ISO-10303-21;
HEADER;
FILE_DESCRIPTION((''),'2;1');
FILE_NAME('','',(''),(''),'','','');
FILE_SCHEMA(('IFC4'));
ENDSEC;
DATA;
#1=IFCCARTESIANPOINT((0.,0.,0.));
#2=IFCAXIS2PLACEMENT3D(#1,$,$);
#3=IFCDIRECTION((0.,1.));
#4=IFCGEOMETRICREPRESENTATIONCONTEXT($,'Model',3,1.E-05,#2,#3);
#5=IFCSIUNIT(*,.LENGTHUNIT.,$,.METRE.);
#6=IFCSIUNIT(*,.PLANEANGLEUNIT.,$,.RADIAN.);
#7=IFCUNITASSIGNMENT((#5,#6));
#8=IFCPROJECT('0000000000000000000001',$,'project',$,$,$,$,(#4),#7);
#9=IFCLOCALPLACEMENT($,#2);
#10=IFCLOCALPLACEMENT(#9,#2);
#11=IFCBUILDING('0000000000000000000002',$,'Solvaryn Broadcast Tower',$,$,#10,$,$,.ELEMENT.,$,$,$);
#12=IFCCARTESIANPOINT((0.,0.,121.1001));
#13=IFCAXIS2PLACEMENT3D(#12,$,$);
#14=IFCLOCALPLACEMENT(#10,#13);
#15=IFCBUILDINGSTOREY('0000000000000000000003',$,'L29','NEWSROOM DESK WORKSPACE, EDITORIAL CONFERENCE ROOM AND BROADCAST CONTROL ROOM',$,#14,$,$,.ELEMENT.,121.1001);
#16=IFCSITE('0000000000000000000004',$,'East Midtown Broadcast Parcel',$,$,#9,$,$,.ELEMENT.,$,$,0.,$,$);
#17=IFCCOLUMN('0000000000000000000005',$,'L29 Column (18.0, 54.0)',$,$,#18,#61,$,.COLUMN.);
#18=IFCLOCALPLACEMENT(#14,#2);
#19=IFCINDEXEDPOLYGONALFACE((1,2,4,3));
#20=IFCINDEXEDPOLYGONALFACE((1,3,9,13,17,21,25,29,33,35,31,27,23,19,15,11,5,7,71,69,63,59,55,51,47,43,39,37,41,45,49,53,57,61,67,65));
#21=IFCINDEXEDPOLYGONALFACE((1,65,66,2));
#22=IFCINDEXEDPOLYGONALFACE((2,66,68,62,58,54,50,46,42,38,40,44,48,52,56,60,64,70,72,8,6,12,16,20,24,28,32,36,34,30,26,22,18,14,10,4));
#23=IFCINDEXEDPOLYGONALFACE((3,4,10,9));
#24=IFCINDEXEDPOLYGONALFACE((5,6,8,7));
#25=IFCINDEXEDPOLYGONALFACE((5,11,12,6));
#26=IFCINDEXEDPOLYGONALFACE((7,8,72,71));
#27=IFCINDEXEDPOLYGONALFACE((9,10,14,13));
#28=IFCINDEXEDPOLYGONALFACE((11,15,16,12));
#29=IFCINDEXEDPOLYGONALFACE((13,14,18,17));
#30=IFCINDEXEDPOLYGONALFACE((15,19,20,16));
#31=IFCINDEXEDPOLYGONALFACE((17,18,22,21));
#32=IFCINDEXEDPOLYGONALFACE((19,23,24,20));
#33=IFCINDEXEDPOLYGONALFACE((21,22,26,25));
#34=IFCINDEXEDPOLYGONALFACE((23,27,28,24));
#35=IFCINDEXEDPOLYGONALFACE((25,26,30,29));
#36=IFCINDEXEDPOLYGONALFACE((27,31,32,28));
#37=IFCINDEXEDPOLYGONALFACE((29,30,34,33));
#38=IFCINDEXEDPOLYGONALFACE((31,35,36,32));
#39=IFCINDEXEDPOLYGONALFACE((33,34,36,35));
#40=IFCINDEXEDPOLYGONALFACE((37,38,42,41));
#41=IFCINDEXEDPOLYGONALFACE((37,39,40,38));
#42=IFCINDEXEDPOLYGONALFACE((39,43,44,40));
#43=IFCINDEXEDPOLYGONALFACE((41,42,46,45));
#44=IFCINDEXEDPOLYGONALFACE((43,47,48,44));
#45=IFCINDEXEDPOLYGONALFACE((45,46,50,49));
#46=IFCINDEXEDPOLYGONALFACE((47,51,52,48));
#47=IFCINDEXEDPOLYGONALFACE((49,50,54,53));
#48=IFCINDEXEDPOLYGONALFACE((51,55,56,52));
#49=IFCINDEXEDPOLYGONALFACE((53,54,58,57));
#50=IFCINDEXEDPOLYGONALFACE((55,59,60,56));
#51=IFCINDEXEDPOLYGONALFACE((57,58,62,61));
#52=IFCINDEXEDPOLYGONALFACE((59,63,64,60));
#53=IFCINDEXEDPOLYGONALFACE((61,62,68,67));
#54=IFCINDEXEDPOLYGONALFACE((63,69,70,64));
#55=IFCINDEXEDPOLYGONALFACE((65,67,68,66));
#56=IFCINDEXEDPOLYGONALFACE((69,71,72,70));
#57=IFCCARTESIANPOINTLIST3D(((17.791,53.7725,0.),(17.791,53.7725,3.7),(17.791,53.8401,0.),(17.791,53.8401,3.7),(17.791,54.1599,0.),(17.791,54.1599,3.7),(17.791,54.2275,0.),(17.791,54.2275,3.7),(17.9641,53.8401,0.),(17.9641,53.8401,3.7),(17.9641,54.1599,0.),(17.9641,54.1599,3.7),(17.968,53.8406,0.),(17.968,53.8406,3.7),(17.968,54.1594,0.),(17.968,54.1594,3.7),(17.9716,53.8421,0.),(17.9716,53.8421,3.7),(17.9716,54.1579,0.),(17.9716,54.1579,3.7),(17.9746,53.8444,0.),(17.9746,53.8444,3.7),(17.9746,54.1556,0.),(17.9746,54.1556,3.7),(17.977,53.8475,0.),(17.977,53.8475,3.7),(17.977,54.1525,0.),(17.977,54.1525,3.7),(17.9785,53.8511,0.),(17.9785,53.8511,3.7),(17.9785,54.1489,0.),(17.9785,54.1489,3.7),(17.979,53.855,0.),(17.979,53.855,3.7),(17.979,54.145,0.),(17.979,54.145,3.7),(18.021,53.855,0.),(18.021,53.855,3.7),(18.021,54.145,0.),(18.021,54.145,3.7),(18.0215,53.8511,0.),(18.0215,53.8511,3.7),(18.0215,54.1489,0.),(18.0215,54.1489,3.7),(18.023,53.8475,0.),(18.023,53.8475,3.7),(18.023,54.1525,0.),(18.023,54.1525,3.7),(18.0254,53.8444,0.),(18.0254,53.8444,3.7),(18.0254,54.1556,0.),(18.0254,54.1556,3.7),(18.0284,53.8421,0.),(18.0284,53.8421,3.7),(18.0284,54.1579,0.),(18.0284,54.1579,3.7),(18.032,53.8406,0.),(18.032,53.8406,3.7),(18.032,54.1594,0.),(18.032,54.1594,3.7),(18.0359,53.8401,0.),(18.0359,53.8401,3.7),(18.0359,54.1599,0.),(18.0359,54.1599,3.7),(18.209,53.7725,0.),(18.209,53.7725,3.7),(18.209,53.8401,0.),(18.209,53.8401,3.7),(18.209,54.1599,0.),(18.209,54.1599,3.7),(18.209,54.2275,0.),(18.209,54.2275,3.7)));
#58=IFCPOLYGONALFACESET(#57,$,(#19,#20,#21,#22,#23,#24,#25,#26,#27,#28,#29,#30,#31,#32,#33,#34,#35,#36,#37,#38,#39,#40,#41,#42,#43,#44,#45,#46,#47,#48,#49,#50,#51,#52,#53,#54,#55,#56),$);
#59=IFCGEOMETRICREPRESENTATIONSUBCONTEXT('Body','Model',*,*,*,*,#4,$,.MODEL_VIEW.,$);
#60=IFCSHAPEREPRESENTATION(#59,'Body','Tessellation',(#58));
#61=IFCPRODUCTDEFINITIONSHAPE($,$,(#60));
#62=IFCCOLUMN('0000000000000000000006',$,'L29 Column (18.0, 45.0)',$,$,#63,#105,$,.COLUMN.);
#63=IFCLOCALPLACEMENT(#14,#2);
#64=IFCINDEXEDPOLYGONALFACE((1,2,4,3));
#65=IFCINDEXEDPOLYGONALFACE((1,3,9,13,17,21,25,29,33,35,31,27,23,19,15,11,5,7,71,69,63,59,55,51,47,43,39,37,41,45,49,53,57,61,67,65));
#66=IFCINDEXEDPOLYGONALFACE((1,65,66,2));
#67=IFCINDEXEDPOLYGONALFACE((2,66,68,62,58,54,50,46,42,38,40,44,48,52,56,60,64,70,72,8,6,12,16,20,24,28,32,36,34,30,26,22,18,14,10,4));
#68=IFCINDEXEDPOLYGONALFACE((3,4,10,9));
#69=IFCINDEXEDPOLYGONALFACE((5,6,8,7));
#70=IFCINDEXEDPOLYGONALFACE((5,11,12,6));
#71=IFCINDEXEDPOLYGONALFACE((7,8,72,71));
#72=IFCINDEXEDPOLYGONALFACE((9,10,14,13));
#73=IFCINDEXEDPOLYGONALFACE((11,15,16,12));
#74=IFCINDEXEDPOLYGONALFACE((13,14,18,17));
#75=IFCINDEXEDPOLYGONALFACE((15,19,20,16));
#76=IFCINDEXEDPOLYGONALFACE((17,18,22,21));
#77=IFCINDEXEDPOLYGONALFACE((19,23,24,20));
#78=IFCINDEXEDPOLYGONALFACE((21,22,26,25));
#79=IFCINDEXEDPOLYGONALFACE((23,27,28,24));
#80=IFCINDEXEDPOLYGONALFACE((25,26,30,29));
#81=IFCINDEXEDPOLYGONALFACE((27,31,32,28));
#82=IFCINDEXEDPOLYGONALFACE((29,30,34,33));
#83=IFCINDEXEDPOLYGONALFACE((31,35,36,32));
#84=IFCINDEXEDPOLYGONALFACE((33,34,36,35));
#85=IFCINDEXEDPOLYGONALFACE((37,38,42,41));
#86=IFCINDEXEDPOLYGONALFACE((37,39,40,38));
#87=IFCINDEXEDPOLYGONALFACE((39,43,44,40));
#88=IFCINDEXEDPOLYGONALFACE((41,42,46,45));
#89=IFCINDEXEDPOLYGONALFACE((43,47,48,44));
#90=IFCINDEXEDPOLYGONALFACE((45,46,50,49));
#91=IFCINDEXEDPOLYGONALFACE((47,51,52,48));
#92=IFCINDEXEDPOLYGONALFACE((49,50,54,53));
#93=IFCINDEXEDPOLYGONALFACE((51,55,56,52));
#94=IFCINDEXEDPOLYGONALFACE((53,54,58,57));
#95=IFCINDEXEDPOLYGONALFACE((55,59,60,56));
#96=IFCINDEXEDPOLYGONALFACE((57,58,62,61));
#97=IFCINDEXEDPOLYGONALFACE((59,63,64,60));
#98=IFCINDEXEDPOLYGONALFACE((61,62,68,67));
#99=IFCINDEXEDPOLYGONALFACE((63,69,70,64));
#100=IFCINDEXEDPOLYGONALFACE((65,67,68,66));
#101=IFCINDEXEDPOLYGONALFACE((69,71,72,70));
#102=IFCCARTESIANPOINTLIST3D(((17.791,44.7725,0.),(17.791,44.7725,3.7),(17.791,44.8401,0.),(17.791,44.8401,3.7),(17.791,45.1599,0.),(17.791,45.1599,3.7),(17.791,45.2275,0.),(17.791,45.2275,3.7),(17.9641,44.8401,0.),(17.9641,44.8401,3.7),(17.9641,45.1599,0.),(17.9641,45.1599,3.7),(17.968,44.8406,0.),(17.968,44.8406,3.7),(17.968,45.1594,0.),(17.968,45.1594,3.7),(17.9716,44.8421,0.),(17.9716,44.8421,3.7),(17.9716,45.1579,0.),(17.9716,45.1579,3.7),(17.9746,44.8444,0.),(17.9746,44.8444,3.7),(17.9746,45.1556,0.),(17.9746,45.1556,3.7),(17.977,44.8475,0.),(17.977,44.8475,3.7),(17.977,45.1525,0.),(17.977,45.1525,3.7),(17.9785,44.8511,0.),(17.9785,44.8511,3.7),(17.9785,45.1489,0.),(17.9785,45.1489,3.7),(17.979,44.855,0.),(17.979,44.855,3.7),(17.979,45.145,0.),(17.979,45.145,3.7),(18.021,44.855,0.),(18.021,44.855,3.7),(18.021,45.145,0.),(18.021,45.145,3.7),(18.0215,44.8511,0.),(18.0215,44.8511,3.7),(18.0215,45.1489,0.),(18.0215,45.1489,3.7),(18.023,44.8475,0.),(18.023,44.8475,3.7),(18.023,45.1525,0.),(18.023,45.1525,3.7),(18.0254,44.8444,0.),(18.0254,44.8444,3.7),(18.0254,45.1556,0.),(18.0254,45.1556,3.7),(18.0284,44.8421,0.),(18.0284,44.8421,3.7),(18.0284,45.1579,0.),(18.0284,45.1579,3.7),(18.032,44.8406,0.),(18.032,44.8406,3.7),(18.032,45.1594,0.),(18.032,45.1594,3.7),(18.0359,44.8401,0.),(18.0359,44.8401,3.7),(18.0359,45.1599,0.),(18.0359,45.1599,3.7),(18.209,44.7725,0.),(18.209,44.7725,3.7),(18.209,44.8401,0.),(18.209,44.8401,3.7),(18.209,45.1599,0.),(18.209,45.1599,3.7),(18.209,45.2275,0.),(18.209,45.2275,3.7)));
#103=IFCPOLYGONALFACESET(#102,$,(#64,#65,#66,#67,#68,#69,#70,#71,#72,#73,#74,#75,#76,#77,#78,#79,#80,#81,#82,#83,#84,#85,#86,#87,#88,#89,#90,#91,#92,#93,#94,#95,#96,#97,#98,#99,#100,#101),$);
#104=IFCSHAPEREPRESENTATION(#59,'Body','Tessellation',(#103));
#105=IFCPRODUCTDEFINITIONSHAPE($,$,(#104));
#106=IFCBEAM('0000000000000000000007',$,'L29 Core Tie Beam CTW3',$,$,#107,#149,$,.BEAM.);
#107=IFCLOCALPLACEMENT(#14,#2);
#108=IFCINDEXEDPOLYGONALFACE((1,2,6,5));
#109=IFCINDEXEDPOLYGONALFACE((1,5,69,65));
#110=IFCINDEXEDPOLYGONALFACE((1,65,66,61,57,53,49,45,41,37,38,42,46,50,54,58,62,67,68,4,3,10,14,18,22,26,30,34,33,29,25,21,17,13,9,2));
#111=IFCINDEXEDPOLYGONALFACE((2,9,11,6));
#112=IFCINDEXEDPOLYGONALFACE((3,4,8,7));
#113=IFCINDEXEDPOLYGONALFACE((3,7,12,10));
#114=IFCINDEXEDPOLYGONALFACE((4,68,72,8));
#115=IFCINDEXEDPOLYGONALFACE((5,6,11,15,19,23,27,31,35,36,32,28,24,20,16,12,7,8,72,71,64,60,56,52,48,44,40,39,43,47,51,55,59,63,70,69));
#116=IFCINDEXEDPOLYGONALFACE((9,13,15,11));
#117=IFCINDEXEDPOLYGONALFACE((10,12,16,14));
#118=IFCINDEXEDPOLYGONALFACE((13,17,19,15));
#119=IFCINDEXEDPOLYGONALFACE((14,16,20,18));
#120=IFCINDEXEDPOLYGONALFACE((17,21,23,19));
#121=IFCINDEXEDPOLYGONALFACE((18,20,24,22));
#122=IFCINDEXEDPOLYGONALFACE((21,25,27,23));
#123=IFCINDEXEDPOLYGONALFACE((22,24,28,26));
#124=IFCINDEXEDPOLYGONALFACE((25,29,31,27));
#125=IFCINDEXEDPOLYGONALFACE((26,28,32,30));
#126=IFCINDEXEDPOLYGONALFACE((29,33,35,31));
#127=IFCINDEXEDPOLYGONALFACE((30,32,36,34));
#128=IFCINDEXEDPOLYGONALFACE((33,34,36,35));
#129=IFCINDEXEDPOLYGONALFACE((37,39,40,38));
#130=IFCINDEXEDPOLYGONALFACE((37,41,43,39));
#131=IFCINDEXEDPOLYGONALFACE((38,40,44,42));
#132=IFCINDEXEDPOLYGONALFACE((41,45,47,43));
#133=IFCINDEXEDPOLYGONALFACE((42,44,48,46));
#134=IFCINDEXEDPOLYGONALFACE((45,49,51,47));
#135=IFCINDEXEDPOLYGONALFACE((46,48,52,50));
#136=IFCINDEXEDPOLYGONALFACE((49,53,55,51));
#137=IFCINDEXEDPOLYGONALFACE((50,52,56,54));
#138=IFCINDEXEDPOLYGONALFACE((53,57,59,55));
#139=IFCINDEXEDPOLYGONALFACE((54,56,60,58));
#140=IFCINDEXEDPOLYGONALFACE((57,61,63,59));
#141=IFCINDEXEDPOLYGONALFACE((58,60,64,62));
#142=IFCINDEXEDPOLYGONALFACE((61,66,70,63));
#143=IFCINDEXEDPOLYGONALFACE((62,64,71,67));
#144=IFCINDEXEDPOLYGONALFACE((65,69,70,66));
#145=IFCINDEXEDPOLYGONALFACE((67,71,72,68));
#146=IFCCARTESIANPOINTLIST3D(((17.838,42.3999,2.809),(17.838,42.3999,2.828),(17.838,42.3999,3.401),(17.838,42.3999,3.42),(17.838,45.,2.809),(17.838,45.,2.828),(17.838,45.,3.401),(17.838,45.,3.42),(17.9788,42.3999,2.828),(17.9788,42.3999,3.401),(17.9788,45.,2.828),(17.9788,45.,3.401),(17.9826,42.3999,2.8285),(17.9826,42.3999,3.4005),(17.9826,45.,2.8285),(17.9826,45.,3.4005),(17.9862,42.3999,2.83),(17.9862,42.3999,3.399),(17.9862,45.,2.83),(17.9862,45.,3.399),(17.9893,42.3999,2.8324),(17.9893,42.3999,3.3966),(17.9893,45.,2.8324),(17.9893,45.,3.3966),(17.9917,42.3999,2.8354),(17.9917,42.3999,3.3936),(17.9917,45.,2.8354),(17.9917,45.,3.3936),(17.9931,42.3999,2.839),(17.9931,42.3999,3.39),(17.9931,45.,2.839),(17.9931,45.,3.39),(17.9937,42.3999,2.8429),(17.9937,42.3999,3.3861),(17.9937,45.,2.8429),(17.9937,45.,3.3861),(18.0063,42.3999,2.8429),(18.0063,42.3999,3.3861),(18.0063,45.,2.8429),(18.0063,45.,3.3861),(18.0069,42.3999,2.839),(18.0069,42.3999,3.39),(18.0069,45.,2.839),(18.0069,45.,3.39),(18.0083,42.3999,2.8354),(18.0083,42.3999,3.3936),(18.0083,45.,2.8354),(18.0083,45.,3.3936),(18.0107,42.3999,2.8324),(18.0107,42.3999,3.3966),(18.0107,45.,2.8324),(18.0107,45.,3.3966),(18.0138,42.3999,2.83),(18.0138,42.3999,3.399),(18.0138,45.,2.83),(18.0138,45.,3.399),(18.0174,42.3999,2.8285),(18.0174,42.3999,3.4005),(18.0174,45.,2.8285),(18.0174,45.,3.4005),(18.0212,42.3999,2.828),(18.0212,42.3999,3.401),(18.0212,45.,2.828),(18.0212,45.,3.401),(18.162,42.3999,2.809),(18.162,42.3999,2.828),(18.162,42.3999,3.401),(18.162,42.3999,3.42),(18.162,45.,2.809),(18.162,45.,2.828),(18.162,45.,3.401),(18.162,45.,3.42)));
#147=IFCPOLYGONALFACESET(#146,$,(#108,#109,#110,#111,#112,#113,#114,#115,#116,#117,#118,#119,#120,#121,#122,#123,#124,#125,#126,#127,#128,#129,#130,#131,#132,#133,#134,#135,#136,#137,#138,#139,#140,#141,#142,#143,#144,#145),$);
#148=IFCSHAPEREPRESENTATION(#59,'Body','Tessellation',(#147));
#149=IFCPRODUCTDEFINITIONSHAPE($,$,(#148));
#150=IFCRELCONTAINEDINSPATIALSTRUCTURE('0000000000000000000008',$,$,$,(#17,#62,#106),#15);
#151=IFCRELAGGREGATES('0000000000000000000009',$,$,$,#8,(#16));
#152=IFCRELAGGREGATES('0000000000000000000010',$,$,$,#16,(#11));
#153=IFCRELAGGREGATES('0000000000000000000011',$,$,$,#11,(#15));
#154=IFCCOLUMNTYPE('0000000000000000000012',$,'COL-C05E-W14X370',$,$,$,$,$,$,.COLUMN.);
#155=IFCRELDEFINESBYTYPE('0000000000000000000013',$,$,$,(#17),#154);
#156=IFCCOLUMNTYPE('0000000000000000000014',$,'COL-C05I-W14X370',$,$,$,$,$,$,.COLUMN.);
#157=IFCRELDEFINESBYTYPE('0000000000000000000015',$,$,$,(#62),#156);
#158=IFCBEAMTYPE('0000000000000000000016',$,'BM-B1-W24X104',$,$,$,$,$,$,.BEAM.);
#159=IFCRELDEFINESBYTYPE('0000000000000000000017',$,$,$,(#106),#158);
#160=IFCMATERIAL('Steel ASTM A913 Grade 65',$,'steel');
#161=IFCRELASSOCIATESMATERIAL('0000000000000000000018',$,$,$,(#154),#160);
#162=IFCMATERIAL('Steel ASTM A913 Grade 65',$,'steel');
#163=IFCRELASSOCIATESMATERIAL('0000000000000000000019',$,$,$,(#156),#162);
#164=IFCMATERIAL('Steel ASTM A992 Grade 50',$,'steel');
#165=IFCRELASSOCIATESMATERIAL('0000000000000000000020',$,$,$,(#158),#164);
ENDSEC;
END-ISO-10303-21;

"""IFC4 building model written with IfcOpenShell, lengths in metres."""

from ifc_helpers import new_model, si_unit, direction, frame, origin, origin_2d, place, context, subcontext, project, spatial, i_section, extrude, material, material_profile, profile_set, type_object, element, save


model = new_model("IFC4")

# Units and contexts
model_context = context("Model", 3, precision=1e-05, world=origin(), true_north=direction((0.0, 1.0)))
body_context = subcontext(model_context, "Body", "Model", "MODEL_VIEW")
ifc_project = project(units=[si_unit("LENGTHUNIT", "METRE"), si_unit("PLANEANGLEUNIT", "RADIAN")], contexts=[model_context])

# Site, building, storey
site_placement = place(None, origin())
site = spatial("IfcSite", under=ifc_project, at=site_placement, Name="East Midtown Broadcast Parcel", CompositionType="ELEMENT", RefElevation=0.0)
building_placement = place(site_placement, origin())
building = spatial("IfcBuilding", under=site, at=building_placement, Name="Solvaryn Broadcast Tower", CompositionType="ELEMENT")
storey_placement = place(building_placement, frame((0.0, 0.0, 121.1001)))
storey = spatial("IfcBuildingStorey", under=building, at=storey_placement, Name="L29", Description="NEWSROOM DESK WORKSPACE, EDITORIAL CONFERENCE ROOM AND BROADCAST CONTROL ROOM", CompositionType="ELEMENT", Elevation=121.1001)

# Columns
ifc_material_1 = material(Name="Steel ASTM A913 Grade 65", Category="steel")
ifc_material_profile_1 = material_profile(ifc_material_1, i_section(OverallWidth=0.418, OverallDepth=0.4551, WebThickness=0.042, FlangeThickness=0.0676, FilletRadius=0.0149, at=origin_2d()))
ifc_profile_set_1 = profile_set([ifc_material_profile_1], Name="Steel ASTM A913 Grade 65")
column_type_1 = type_object("IfcColumnType", Name="COL-C05E-W14X370", PredefinedType="COLUMN", material=ifc_profile_set_1)
column_1_placement = place(storey_placement, frame((18.0, 54.0, 0.0), z_axis=(0.0, 0.0, 1.0), x_axis=(1.0, 0.0, 0.0)))
element("IfcColumn", 1, at=column_1_placement, inside=storey, type_object=column_type_1, Name="L29 Column (18.0, 54.0)", PredefinedType="COLUMN", context=body_context, shape_type="SweptSolid", body=[
    extrude(i_section(OverallWidth=0.418, OverallDepth=0.4551, WebThickness=0.042, FlangeThickness=0.0676, FilletRadius=0.0149, at=origin_2d()), origin(), (0.0, 0.0, 1.0), 3.7),
])
ifc_material_2 = material(Name="Steel ASTM A913 Grade 65", Category="steel")
ifc_material_profile_2 = material_profile(ifc_material_2, i_section(OverallWidth=0.418, OverallDepth=0.4551, WebThickness=0.042, FlangeThickness=0.0676, FilletRadius=0.0149, at=origin_2d()))
ifc_profile_set_2 = profile_set([ifc_material_profile_2], Name="Steel ASTM A913 Grade 65")
column_type_2 = type_object("IfcColumnType", Name="COL-C05I-W14X370", PredefinedType="COLUMN", material=ifc_profile_set_2)
column_2_placement = place(storey_placement, frame((18.0, 45.0, 0.0), z_axis=(0.0, 0.0, 1.0), x_axis=(1.0, 0.0, 0.0)))
element("IfcColumn", 2, at=column_2_placement, inside=storey, type_object=column_type_2, Name="L29 Column (18.0, 45.0)", PredefinedType="COLUMN", context=body_context, shape_type="SweptSolid", body=[
    extrude(i_section(OverallWidth=0.418, OverallDepth=0.4551, WebThickness=0.042, FlangeThickness=0.0676, FilletRadius=0.0149, at=origin_2d()), origin(), (0.0, 0.0, 1.0), 3.7),
])

# Beam
ifc_material_3 = material(Name="Steel ASTM A992 Grade 50", Category="steel")
ifc_material_profile_3 = material_profile(ifc_material_3, i_section(OverallWidth=0.324, OverallDepth=0.6111, WebThickness=0.0127, FlangeThickness=0.019, FilletRadius=0.0149, at=origin_2d()))
ifc_profile_set_3 = profile_set([ifc_material_profile_3], Name="Steel ASTM A992 Grade 50")
beam_type_1 = type_object("IfcBeamType", Name="BM-B1-W24X104", PredefinedType="BEAM", material=ifc_profile_set_3)
beam_1_placement = place(storey_placement, frame((18.0, 42.3999, 3.1145), z_axis=(0.0, 1.0, 0.0), x_axis=(-1.0, 0.0, 0.0)))
element("IfcBeam", 3, at=beam_1_placement, inside=storey, type_object=beam_type_1, Name="L29 Core Tie Beam CTW3", PredefinedType="BEAM", context=body_context, shape_type="SweptSolid", body=[
    extrude(i_section(OverallWidth=0.324, OverallDepth=0.6111, WebThickness=0.0127, FlangeThickness=0.019, FilletRadius=0.0149, at=origin_2d()), origin(), (0.0, 0.0, 1.0), 2.6001),
])

save(model, "model.ifc")
